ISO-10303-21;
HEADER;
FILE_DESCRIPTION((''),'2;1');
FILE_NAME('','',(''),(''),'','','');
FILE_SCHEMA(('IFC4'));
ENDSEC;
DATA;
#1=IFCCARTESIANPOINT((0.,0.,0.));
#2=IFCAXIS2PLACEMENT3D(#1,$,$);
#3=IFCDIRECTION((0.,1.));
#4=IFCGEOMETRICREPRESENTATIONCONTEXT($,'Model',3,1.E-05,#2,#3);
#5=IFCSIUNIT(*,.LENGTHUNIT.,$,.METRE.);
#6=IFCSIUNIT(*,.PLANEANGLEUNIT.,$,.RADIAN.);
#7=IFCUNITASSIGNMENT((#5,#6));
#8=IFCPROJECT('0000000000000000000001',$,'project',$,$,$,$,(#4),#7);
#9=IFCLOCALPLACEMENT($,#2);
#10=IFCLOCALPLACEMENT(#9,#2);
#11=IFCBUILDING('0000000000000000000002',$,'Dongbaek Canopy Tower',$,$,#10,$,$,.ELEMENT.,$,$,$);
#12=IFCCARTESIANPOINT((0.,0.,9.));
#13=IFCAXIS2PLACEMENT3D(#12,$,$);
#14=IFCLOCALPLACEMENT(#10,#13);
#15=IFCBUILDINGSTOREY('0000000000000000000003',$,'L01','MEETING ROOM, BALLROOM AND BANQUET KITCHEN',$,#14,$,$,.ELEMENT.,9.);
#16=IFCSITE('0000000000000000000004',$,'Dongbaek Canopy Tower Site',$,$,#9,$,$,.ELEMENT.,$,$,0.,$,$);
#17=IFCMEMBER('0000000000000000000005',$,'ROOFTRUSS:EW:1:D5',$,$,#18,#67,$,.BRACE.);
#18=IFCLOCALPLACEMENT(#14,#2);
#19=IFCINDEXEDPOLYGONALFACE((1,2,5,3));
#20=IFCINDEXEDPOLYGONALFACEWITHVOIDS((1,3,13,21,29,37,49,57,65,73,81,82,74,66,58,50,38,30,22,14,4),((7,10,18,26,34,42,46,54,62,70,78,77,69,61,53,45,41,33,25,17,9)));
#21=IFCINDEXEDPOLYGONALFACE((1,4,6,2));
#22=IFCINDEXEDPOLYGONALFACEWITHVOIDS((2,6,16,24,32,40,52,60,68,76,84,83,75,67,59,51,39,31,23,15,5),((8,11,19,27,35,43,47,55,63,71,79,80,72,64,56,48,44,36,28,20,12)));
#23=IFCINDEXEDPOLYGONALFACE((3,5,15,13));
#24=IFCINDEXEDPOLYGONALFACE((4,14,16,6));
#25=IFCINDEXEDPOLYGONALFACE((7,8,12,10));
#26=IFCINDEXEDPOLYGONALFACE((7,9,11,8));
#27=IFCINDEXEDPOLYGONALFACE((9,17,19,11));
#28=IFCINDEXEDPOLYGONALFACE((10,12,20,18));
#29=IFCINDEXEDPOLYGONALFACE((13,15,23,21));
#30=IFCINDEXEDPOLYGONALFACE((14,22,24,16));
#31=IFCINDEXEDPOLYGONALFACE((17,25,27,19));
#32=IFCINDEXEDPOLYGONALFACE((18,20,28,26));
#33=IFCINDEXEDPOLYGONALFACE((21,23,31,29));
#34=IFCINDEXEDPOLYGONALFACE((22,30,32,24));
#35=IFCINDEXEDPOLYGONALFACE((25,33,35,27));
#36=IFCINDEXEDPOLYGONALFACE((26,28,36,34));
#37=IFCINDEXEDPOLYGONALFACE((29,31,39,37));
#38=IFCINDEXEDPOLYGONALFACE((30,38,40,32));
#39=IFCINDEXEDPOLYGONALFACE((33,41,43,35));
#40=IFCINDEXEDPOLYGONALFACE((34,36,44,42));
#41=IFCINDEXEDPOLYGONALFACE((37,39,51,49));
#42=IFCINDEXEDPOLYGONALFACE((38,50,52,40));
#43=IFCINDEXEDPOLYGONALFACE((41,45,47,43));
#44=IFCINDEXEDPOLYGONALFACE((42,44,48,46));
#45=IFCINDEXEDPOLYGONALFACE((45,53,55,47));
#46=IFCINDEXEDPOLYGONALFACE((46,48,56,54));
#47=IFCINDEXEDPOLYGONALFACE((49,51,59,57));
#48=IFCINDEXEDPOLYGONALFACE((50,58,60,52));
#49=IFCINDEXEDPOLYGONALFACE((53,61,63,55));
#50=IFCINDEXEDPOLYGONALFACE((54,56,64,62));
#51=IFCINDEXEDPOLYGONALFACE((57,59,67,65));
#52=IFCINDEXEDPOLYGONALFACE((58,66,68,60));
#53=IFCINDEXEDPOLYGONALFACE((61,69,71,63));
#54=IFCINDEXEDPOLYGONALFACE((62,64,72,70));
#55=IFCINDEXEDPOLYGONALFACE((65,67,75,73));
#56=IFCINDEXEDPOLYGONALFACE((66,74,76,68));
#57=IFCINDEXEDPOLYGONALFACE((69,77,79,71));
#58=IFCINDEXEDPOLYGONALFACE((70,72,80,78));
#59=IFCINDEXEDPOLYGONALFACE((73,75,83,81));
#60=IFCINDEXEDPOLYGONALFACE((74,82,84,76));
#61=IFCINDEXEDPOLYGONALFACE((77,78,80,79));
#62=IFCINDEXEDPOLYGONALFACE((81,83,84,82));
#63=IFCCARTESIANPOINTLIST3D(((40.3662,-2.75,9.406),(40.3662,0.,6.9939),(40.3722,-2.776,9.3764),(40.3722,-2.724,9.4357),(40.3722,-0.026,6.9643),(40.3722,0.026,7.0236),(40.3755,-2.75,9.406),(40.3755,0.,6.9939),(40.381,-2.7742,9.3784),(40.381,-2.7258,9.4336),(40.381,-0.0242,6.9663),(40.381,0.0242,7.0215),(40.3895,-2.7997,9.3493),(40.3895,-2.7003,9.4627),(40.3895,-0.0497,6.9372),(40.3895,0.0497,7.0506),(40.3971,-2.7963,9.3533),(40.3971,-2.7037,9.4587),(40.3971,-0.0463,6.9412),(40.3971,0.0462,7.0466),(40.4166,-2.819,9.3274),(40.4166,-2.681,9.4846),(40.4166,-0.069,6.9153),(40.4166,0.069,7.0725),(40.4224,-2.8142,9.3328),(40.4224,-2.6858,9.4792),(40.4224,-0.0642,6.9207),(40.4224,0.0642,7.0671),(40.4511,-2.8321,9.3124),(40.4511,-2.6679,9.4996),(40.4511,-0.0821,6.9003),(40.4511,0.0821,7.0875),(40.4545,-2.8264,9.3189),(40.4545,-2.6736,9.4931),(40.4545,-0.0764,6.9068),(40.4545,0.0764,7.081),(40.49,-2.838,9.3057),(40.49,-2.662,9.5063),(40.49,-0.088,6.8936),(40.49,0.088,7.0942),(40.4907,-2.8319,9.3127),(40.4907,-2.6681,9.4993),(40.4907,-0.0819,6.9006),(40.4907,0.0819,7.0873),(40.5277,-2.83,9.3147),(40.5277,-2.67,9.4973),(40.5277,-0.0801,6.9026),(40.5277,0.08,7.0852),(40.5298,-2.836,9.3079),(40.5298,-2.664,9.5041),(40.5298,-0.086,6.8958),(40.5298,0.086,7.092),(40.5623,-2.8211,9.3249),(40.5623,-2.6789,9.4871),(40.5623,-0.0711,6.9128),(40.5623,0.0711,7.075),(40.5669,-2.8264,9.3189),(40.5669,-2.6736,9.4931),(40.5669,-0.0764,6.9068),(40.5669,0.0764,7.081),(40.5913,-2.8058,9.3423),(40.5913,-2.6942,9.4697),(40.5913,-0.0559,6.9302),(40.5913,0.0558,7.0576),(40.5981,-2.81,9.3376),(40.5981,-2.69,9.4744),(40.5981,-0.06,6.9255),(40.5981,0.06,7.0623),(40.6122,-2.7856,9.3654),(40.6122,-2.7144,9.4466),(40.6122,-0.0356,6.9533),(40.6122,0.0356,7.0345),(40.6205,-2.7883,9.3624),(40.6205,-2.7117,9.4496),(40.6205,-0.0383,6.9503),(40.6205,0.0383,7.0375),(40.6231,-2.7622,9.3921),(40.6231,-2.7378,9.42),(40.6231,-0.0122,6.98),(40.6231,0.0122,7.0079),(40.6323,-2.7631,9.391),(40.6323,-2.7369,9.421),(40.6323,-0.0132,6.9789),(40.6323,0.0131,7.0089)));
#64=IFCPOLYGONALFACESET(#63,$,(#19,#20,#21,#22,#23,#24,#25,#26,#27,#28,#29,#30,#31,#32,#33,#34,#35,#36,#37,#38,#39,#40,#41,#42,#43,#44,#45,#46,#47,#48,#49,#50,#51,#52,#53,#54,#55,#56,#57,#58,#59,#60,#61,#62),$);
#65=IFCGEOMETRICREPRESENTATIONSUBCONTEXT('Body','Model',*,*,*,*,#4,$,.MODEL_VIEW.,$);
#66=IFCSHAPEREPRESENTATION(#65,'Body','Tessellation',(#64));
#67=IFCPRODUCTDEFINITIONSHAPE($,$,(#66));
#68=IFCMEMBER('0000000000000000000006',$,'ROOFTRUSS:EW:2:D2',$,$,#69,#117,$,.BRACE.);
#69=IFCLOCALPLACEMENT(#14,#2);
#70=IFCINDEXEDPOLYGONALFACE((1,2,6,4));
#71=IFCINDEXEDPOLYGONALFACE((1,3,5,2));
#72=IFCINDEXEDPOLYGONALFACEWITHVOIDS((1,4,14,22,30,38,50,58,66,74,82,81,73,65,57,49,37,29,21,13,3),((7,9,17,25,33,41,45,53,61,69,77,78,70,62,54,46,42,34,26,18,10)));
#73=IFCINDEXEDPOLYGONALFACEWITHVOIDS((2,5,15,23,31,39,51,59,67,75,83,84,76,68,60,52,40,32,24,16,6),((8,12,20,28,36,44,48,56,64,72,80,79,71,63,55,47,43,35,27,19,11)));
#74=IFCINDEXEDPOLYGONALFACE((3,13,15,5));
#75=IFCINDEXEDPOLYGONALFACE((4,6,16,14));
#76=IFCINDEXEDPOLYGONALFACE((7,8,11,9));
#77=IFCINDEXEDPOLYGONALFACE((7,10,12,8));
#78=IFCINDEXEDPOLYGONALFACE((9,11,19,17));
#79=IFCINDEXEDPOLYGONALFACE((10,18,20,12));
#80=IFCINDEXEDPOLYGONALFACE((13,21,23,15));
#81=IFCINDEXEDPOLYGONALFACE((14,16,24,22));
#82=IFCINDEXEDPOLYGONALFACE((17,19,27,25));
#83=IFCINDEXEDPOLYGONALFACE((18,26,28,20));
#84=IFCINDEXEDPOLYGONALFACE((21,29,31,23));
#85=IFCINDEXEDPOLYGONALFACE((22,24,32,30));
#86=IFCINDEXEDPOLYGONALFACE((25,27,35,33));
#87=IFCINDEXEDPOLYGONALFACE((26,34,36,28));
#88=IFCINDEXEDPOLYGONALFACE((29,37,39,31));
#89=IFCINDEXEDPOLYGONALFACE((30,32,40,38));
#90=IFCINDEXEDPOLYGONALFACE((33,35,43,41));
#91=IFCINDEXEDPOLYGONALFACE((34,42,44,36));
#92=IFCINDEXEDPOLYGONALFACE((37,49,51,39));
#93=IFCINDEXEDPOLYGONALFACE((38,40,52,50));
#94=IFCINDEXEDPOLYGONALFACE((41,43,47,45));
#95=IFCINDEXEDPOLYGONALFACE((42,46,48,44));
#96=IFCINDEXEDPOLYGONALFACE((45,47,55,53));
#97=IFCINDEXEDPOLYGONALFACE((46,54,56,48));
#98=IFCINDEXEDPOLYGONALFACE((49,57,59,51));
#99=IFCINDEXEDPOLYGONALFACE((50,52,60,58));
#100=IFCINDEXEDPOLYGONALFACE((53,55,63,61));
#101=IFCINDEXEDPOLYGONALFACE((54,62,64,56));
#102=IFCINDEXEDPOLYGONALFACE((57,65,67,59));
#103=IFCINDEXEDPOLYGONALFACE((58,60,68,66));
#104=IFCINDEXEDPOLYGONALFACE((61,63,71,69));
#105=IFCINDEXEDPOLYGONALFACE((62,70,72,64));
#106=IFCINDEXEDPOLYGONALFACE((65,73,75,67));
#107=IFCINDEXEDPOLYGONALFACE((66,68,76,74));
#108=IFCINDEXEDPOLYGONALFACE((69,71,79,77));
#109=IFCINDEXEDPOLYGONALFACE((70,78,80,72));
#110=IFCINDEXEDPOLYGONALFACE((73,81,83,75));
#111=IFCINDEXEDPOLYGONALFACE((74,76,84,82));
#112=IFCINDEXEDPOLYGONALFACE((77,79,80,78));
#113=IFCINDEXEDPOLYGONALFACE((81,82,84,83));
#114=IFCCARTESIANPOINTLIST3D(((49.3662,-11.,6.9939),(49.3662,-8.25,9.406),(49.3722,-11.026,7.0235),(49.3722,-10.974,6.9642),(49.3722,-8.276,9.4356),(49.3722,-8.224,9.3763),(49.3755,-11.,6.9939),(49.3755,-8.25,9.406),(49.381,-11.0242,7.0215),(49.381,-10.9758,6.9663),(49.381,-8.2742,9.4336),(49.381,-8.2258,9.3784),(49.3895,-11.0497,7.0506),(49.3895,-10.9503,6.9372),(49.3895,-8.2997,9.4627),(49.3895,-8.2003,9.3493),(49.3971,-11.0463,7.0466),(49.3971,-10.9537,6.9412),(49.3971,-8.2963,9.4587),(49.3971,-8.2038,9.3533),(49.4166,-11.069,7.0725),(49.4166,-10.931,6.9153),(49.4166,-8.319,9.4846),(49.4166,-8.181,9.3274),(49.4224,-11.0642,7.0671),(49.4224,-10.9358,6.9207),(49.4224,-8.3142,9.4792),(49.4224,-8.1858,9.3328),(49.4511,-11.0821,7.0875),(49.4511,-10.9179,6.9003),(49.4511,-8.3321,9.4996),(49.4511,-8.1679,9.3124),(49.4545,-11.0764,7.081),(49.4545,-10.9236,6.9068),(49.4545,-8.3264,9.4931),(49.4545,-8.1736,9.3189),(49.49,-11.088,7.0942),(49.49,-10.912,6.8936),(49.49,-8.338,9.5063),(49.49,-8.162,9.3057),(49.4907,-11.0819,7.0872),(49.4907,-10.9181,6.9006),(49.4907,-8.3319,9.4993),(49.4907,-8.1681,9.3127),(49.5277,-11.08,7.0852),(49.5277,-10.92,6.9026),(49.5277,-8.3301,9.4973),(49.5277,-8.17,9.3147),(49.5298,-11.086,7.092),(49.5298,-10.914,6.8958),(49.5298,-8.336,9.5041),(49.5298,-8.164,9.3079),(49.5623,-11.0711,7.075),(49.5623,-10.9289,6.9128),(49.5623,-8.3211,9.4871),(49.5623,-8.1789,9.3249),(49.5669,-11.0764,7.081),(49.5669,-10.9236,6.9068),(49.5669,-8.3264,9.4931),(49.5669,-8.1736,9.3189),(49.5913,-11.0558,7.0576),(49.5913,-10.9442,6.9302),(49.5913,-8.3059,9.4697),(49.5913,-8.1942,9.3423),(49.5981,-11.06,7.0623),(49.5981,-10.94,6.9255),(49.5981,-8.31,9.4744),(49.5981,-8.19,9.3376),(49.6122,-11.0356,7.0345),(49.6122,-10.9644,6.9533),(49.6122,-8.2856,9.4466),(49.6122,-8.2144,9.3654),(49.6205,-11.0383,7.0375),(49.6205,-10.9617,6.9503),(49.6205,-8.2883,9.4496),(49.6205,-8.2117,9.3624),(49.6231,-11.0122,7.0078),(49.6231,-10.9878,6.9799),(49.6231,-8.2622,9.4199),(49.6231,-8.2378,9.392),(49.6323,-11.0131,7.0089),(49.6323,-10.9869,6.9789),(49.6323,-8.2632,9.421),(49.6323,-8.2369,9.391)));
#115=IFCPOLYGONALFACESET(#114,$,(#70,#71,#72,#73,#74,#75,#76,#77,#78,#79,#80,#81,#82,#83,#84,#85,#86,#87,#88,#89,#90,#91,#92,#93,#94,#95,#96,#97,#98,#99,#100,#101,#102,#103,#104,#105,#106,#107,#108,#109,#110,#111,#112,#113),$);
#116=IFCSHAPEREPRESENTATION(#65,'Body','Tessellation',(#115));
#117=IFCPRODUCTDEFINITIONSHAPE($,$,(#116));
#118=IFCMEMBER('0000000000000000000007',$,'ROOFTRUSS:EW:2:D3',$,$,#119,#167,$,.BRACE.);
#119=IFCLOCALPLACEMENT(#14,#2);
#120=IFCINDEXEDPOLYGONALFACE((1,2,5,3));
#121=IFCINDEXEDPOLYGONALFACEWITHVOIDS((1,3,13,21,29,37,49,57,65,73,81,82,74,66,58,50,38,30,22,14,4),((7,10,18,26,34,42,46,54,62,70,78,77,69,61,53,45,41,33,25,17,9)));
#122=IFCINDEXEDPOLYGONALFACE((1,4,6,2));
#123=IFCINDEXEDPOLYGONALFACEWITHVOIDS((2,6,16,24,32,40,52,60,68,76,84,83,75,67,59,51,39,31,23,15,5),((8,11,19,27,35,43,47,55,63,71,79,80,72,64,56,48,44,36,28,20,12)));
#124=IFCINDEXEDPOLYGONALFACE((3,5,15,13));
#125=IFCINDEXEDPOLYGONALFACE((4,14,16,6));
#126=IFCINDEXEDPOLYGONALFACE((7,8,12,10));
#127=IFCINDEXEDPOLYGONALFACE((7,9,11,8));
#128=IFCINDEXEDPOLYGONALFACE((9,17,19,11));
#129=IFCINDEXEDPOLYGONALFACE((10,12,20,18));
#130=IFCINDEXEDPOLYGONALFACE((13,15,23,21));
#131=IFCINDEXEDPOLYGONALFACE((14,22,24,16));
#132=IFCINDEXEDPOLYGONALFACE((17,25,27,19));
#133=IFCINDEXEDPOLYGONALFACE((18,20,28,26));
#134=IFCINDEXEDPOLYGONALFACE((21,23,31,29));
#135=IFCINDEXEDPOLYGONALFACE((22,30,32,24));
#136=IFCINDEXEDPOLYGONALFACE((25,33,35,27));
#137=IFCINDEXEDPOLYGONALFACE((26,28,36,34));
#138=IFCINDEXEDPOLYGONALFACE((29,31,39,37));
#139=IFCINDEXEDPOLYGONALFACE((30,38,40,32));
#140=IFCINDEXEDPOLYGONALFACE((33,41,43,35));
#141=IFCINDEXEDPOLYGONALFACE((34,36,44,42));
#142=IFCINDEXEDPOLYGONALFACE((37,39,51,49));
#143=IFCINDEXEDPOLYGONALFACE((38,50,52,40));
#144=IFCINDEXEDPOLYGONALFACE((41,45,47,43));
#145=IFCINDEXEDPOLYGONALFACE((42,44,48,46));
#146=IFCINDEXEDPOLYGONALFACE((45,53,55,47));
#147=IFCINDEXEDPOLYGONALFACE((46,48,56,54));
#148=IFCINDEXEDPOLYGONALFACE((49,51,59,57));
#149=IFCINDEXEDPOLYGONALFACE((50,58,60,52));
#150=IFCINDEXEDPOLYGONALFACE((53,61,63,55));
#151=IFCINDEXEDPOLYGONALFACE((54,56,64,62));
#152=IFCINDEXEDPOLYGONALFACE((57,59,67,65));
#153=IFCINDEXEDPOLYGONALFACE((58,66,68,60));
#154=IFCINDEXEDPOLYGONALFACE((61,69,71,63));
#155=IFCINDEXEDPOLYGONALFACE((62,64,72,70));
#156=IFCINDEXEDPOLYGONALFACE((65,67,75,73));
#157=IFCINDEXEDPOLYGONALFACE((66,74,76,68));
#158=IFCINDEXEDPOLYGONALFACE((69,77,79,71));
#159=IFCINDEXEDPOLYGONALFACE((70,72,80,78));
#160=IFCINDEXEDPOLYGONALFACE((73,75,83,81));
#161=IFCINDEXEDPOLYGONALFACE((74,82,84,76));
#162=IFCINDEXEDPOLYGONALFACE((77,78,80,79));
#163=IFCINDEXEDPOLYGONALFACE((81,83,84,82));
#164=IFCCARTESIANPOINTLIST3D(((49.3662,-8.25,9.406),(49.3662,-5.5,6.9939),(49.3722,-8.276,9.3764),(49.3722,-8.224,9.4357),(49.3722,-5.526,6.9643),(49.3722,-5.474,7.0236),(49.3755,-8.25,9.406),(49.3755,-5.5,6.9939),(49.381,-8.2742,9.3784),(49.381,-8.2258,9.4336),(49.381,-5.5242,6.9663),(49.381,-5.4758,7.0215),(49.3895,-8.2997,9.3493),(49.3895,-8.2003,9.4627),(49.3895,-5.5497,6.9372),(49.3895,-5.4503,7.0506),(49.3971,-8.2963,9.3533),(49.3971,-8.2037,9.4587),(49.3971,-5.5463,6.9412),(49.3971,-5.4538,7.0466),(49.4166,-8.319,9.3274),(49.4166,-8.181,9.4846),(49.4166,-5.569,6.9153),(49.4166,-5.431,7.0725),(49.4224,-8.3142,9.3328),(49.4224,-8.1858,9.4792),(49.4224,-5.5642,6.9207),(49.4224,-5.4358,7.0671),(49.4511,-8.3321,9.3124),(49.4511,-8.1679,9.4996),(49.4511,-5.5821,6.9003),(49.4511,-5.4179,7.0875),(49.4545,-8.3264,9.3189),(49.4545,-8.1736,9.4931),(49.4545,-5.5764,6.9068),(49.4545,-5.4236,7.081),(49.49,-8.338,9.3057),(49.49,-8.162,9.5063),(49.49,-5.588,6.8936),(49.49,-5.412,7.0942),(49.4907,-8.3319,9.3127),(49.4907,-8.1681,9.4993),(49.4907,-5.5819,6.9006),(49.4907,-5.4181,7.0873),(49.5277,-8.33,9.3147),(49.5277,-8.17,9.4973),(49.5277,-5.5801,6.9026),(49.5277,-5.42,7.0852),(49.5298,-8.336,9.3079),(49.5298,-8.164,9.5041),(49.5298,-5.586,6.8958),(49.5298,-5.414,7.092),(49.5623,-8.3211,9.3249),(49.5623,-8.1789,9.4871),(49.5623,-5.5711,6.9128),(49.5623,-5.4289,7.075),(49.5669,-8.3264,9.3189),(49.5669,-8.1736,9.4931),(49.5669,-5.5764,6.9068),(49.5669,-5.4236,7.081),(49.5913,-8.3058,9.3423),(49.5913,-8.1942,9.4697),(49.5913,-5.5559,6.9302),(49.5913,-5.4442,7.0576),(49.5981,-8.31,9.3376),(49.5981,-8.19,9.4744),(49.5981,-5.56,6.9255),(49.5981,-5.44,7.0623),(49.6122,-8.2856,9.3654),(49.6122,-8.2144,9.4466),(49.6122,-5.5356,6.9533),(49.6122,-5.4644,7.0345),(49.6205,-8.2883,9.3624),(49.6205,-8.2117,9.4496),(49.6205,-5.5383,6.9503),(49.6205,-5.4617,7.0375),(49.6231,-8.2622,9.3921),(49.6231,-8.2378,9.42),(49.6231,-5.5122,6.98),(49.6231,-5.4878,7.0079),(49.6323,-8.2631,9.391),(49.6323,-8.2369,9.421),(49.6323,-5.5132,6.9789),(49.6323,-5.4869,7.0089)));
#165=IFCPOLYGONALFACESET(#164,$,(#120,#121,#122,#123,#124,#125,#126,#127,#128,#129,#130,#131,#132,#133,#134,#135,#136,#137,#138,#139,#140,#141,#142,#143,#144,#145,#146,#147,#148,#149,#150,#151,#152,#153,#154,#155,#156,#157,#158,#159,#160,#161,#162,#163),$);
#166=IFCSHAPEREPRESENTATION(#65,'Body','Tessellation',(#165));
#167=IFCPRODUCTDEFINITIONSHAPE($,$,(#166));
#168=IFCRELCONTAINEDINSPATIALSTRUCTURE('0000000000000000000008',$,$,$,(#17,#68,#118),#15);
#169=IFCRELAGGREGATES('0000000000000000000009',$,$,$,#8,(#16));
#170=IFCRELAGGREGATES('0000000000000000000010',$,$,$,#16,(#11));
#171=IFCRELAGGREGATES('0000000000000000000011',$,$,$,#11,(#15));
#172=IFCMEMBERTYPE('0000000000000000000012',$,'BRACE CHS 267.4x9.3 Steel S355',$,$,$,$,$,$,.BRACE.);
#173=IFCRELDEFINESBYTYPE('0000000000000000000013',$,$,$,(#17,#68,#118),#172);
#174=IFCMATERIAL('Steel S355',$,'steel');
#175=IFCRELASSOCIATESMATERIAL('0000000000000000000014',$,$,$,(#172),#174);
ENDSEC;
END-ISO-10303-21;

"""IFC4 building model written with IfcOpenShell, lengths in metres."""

from ifc_helpers import new_model, si_unit, direction, frame, origin, origin_2d, place, context, subcontext, project, spatial, hollow_circle, extrude, material, material_profile, profile_set, type_object, element, save


model = new_model("IFC4")

# Units and contexts
model_context = context("Model", 3, precision=1e-05, world=origin(), true_north=direction((0.0, 1.0)))
body_context = subcontext(model_context, "Body", "Model", "MODEL_VIEW")
ifc_project = project(units=[si_unit("LENGTHUNIT", "METRE"), si_unit("PLANEANGLEUNIT", "RADIAN")], contexts=[model_context])

# Site, building, storey
site_placement = place(None, origin())
site = spatial("IfcSite", under=ifc_project, at=site_placement, Name="Dongbaek Canopy Tower Site", CompositionType="ELEMENT", RefElevation=0.0)
building_placement = place(site_placement, origin())
building = spatial("IfcBuilding", under=site, at=building_placement, Name="Dongbaek Canopy Tower", CompositionType="ELEMENT")
storey_placement = place(building_placement, frame((0.0, 0.0, 9.0)))
storey = spatial("IfcBuildingStorey", under=building, at=storey_placement, Name="L01", Description="MEETING ROOM, BALLROOM AND BANQUET KITCHEN", CompositionType="ELEMENT", Elevation=9.0)

# Members
ifc_material_1 = material(Name="Steel S355", Category="steel")
ifc_material_profile_1 = material_profile(ifc_material_1, hollow_circle(Radius=0.1338, WallThickness=0.0093, at=origin_2d()), Name="BRACE CHS 267.4x9.3 Steel S355")
ifc_profile_set_1 = profile_set([ifc_material_profile_1], Name="Steel S355")
member_type_1 = type_object("IfcMemberType", Name="BRACE CHS 267.4x9.3 Steel S355", PredefinedType="BRACE", material=ifc_profile_set_1)
for number, where, z_axis, x_axis, name in (
    (1, (40.5, -2.75, 9.406), (0.0, 0.751782, -0.659411), (-1.0, 0.0, 0.0), "ROOFTRUSS:EW:1:D5"),
    (2, (49.5, -11.0, 6.9939), (0.0, 0.751782, 0.659411), (-1.0, 0.0, 0.0), "ROOFTRUSS:EW:2:D2"),
    (3, (49.5, -8.25, 9.406), (0.0, 0.751782, -0.659411), (-1.0, 0.0, 0.0), "ROOFTRUSS:EW:2:D3"),
):
    element("IfcMember", number, at=place(storey_placement, frame(where, z_axis=z_axis, x_axis=x_axis)), inside=storey, type_object=member_type_1, Name=name, PredefinedType="BRACE", context=body_context, shape_type="SweptSolid", body=[
        extrude(hollow_circle(Radius=0.1338, WallThickness=0.0093, at=origin_2d()), origin(), (0.0, 0.0, 1.0), 3.658),
    ])

save(model, "model.ifc")
